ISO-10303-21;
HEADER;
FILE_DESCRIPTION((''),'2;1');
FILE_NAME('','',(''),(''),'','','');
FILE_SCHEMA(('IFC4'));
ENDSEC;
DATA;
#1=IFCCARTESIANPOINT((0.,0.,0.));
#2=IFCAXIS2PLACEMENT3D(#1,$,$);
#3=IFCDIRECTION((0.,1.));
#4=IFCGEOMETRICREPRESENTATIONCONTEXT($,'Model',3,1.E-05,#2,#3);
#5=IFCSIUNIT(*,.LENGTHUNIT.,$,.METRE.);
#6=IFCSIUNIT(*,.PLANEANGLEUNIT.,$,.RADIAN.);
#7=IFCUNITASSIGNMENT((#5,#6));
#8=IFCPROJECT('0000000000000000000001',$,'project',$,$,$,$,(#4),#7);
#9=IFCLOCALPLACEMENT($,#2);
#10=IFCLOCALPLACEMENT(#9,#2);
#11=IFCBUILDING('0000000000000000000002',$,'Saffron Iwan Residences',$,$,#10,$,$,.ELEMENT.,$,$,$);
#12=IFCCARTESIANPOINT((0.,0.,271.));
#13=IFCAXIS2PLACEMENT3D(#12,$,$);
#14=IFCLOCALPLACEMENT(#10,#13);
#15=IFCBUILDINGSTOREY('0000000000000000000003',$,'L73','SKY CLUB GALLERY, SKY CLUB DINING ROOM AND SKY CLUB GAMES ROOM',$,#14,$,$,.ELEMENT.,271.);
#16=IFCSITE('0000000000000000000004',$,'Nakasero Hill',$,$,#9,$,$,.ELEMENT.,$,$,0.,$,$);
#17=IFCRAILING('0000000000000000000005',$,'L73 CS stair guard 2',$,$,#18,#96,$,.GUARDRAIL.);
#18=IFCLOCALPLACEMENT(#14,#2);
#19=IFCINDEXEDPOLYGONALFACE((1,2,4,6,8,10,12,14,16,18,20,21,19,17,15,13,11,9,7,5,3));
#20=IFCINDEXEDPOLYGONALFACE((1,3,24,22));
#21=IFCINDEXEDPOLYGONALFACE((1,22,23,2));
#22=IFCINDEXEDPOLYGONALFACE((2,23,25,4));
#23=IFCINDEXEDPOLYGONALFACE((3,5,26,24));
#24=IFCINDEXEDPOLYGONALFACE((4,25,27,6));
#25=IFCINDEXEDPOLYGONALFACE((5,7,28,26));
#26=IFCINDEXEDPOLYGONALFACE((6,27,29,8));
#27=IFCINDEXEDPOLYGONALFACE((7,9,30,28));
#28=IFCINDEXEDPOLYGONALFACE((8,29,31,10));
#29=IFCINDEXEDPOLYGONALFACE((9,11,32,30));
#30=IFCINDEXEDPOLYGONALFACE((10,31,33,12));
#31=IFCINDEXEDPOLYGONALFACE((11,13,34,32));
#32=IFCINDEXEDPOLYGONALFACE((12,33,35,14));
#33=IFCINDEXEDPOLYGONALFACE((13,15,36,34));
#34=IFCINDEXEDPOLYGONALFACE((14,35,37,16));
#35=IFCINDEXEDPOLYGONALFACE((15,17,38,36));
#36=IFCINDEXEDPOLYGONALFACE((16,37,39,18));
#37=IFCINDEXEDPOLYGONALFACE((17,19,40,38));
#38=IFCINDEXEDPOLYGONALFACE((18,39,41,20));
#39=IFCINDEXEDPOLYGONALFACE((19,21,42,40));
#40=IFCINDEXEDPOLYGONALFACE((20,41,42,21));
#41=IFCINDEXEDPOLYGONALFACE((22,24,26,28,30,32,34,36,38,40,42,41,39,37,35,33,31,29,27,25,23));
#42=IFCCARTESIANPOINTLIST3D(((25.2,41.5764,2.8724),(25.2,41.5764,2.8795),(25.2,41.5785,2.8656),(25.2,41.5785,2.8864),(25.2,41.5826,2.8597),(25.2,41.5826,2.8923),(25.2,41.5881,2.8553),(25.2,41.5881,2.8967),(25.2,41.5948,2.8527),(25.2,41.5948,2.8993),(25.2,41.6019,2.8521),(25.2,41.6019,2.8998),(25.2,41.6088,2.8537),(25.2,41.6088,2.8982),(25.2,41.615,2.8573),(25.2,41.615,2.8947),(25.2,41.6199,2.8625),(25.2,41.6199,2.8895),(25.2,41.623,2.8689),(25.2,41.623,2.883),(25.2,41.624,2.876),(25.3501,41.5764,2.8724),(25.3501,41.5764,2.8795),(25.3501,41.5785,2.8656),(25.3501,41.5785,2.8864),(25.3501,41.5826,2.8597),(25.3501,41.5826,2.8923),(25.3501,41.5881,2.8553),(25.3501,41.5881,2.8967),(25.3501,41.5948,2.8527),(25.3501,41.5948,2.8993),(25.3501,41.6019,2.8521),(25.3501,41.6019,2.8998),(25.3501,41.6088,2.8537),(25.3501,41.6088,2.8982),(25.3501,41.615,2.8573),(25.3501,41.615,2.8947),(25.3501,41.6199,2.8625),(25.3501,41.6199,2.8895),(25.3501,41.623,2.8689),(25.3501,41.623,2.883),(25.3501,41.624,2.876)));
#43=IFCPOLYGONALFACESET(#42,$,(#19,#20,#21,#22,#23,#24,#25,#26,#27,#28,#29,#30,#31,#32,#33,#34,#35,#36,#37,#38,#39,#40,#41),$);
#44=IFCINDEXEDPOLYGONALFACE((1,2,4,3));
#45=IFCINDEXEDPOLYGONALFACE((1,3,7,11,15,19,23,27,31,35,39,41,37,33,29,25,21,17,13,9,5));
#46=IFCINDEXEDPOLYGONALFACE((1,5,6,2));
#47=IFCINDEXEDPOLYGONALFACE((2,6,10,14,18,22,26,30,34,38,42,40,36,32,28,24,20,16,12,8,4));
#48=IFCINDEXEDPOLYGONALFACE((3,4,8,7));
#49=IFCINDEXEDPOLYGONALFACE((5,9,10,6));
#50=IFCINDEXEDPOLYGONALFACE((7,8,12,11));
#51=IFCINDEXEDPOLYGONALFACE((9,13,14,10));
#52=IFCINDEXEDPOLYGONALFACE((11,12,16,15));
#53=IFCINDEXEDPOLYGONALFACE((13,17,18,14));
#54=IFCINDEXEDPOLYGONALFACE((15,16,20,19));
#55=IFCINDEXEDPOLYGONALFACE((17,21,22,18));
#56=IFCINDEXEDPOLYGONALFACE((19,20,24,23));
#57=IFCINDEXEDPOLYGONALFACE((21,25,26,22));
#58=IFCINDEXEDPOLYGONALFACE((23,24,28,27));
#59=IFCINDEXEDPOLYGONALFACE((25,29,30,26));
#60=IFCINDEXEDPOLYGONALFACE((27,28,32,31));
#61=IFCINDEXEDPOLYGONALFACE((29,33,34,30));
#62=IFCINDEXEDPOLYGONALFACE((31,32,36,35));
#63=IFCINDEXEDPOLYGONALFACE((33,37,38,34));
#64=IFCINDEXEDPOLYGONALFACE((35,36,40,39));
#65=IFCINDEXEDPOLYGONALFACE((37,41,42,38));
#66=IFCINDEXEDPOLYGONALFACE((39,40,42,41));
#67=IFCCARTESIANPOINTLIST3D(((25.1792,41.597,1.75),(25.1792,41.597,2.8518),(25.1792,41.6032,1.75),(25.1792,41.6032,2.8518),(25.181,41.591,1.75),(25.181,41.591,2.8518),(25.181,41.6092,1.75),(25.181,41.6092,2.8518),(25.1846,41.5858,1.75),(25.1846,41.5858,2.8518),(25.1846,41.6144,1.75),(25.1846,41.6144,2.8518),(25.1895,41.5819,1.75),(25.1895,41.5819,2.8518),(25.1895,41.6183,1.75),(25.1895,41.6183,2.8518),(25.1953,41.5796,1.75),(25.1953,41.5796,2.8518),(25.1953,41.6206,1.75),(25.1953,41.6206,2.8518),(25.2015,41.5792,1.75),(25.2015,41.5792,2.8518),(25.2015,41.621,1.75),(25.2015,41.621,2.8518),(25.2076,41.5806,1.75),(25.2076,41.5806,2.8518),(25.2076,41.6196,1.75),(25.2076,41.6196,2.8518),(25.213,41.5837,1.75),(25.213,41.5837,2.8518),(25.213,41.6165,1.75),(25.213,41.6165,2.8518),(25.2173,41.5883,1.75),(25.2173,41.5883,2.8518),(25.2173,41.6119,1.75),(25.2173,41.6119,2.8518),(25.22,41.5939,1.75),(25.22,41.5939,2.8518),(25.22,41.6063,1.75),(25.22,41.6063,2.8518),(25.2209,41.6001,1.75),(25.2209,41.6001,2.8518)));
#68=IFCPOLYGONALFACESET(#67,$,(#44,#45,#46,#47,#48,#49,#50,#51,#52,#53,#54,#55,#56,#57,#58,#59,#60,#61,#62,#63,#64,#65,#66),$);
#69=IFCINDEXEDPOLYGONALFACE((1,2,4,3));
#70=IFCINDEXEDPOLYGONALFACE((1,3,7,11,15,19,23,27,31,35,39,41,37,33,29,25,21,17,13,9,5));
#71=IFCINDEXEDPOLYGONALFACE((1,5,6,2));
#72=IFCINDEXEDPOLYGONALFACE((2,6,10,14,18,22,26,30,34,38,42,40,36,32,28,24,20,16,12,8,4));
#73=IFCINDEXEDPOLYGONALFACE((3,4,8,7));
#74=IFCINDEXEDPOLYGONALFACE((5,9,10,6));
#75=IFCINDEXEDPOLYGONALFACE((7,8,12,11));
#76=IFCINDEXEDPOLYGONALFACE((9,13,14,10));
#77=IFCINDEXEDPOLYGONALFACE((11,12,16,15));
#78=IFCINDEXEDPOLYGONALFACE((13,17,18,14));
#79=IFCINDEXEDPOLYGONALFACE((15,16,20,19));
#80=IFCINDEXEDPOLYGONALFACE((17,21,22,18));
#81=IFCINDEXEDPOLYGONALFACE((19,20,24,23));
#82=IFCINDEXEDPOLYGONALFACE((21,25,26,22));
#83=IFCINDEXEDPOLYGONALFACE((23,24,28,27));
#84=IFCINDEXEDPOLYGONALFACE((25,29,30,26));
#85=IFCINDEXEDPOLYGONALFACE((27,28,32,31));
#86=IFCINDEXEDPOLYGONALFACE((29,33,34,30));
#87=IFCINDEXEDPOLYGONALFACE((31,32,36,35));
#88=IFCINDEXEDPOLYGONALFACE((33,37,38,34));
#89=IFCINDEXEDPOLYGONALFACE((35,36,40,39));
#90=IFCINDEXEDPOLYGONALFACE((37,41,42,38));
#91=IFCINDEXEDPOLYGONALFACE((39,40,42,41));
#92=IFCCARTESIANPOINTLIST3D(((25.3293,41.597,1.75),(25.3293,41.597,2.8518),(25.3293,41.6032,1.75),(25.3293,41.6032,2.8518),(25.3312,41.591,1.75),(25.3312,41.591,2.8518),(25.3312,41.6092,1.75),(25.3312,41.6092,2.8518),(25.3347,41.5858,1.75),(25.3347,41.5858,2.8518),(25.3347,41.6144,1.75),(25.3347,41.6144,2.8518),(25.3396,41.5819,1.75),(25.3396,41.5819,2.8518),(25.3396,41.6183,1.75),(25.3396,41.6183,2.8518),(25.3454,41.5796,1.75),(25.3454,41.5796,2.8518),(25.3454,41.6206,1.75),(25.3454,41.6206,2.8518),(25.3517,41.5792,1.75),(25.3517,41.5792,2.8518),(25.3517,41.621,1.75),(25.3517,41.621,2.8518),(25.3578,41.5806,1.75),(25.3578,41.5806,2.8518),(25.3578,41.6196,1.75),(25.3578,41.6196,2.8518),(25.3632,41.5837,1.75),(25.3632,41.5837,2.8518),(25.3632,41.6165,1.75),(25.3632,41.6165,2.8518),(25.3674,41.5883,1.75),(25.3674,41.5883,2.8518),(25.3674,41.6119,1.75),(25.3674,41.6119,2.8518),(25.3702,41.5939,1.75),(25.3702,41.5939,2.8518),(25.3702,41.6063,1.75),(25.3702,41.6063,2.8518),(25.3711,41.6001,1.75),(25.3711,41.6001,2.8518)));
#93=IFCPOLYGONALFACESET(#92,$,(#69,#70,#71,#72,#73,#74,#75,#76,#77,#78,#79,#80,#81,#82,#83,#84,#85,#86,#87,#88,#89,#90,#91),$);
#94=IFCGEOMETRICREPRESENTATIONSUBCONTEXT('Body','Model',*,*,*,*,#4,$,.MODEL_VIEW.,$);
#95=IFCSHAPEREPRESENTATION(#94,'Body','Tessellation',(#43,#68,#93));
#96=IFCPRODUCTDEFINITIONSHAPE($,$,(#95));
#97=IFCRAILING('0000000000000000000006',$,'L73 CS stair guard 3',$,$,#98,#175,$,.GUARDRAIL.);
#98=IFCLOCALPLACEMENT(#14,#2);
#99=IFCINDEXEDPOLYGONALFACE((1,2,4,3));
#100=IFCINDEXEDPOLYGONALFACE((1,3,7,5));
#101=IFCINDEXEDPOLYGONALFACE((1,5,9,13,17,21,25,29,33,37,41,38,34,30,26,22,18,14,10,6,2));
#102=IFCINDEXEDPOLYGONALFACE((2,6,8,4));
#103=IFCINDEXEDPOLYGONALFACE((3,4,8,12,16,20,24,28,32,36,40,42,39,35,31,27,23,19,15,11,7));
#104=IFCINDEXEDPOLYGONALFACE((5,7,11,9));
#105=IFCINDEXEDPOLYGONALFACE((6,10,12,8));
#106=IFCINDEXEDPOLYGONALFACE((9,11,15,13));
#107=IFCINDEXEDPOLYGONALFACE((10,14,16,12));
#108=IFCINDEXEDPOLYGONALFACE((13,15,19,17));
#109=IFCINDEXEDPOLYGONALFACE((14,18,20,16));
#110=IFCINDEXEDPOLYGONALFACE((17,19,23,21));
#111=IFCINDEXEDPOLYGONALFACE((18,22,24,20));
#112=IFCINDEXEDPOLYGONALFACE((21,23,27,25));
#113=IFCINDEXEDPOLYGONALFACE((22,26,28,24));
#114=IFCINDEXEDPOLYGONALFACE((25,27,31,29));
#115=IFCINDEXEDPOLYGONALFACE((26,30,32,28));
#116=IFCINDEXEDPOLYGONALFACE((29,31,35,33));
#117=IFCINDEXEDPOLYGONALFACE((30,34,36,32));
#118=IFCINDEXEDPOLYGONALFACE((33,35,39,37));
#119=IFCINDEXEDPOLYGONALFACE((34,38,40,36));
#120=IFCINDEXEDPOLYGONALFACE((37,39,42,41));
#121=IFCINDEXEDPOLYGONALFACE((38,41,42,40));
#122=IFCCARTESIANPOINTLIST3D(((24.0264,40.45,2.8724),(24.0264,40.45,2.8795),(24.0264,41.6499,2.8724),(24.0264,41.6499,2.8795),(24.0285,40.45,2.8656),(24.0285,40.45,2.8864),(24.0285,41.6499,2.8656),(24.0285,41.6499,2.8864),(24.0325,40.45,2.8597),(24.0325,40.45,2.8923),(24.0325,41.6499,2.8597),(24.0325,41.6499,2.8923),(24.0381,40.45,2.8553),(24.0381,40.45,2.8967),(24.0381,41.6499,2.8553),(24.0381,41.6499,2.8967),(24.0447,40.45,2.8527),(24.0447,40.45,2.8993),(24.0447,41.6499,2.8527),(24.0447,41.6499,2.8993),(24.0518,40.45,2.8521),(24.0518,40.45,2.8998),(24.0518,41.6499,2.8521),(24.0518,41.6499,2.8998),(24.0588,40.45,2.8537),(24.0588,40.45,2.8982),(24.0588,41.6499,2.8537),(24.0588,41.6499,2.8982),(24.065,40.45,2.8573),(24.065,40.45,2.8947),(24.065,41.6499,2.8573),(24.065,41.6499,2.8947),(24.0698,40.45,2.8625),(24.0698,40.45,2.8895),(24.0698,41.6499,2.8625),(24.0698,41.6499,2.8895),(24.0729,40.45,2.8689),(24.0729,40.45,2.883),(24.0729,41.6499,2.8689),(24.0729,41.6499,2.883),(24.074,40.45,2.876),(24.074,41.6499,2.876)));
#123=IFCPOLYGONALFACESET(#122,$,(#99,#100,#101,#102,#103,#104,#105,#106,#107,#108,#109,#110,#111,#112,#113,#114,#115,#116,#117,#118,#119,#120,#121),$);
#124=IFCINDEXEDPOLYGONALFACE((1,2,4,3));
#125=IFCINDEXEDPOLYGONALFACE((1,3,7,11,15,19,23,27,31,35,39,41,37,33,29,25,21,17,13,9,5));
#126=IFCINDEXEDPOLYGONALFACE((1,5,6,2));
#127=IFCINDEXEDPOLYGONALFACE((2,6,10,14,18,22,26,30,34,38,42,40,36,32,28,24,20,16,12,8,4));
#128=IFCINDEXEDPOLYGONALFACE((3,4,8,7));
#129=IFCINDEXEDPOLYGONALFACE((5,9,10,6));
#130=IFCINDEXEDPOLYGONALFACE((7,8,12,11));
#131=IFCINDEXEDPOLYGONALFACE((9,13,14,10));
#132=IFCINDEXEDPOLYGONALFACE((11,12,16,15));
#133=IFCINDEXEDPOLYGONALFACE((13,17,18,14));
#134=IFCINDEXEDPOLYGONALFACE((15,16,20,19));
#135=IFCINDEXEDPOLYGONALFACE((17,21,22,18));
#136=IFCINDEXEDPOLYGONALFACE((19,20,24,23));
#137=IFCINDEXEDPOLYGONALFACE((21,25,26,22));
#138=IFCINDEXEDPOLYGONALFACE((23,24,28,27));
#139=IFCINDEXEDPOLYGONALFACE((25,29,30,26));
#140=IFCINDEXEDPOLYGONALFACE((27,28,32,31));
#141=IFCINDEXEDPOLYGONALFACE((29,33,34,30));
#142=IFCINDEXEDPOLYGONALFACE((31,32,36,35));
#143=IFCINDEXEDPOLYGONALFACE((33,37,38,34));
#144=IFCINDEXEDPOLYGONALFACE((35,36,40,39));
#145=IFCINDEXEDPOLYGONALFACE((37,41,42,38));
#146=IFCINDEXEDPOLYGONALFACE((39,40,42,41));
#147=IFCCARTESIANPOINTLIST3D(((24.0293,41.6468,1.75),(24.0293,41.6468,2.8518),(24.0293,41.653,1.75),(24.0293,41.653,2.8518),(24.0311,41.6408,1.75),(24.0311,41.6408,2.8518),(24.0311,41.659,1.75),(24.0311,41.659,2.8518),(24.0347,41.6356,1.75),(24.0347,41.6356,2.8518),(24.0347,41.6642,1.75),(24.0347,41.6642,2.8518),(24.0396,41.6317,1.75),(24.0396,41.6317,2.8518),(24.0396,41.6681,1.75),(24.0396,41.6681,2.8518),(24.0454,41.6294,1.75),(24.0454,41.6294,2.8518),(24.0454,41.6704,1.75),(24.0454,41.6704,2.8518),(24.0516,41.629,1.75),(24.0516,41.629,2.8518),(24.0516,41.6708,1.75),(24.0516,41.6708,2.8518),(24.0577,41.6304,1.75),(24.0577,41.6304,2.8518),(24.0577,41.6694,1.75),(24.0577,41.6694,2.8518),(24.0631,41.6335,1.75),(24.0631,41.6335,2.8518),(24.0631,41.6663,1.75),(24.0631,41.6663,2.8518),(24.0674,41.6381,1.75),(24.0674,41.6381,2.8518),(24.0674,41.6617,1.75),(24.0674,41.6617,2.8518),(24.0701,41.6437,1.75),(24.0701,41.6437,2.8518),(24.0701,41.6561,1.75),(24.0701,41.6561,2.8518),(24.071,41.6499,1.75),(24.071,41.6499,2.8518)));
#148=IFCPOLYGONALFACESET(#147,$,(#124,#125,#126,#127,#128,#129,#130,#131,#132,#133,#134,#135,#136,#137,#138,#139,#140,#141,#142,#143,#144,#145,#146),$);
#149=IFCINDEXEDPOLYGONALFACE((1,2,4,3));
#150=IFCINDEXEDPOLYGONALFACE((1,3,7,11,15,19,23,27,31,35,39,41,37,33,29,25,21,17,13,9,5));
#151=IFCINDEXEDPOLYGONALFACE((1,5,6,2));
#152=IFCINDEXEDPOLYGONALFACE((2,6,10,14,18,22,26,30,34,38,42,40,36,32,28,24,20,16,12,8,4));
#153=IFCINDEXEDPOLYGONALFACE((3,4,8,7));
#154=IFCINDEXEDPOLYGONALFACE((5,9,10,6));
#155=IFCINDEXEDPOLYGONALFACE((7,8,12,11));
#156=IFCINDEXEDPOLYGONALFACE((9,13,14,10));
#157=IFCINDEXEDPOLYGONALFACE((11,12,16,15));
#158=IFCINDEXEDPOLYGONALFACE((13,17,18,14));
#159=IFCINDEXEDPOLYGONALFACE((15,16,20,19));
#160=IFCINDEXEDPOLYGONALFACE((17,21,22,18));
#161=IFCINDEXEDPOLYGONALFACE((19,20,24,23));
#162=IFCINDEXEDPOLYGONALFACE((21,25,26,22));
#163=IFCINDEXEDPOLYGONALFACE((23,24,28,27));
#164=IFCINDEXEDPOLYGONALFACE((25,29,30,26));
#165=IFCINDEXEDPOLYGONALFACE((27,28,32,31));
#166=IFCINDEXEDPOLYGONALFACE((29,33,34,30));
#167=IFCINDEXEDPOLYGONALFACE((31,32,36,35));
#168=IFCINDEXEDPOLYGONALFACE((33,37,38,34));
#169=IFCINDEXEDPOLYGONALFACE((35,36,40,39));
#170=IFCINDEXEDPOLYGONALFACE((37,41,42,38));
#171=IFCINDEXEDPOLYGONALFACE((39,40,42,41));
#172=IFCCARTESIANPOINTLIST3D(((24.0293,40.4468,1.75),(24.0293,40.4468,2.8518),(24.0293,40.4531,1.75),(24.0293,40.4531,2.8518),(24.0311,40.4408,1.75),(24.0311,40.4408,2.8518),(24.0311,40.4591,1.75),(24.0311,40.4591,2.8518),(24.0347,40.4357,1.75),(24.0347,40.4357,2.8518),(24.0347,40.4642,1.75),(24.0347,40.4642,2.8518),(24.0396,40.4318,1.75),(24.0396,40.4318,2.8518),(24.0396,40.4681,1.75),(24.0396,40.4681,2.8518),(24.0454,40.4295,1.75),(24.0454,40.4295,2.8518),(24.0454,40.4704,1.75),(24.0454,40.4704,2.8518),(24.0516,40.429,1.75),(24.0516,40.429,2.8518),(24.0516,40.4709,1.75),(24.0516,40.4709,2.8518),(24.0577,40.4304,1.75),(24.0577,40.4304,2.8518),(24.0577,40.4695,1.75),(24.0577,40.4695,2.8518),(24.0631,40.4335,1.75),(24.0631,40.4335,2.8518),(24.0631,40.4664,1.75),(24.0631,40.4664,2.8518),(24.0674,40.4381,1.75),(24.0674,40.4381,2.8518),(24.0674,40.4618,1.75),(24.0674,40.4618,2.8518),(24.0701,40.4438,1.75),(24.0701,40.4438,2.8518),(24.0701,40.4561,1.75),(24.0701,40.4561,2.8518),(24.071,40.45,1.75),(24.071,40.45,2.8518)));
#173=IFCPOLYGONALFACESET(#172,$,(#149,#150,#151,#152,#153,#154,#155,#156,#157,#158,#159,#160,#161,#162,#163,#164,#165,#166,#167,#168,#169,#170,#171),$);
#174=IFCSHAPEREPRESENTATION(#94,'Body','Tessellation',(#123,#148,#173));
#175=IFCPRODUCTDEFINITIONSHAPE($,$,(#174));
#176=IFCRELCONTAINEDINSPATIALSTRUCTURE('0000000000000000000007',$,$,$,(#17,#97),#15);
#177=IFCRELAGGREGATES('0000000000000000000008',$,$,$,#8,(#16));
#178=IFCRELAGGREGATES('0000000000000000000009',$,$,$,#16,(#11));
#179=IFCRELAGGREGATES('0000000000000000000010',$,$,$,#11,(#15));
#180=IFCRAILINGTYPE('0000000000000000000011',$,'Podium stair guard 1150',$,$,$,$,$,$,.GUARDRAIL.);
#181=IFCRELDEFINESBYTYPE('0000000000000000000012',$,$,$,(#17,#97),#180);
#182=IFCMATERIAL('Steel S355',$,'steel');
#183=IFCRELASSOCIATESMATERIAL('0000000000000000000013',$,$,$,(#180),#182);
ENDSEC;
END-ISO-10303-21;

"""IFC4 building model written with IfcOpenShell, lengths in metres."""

from ifc_helpers import new_model, si_unit, direction, frame, origin, origin_2d, place, context, subcontext, project, spatial, circle, extrude, material, type_object, element, save


model = new_model("IFC4")

# Units and contexts
model_context = context("Model", 3, precision=1e-05, world=origin(), true_north=direction((0.0, 1.0)))
body_context = subcontext(model_context, "Body", "Model", "MODEL_VIEW")
ifc_project = project(units=[si_unit("LENGTHUNIT", "METRE"), si_unit("PLANEANGLEUNIT", "RADIAN")], contexts=[model_context])

# Site, building, storey
site_placement = place(None, origin())
site = spatial("IfcSite", under=ifc_project, at=site_placement, Name="Nakasero Hill", CompositionType="ELEMENT", RefElevation=0.0)
building_placement = place(site_placement, origin())
building = spatial("IfcBuilding", under=site, at=building_placement, Name="Saffron Iwan Residences", CompositionType="ELEMENT")
storey_placement = place(building_placement, frame((0.0, 0.0, 271.0)))
storey = spatial("IfcBuildingStorey", under=building, at=storey_placement, Name="L73", Description="SKY CLUB GALLERY, SKY CLUB DINING ROOM AND SKY CLUB GAMES ROOM", CompositionType="ELEMENT", Elevation=271.0)

# Railings
ifc_material_1 = material(Name="Steel S355", Category="steel")
railing_type_1 = type_object("IfcRailingType", Name="Podium stair guard 1150", PredefinedType="GUARDRAIL", material=ifc_material_1)
railing_1_placement = place(storey_placement, frame((25.2, 41.6001, 1.75)))
element("IfcRailing", 1, at=railing_1_placement, inside=storey, type_object=railing_type_1, Name="L73 CS stair guard 2", PredefinedType="GUARDRAIL", context=body_context, shape_type="SweptSolid", body=[
    extrude(circle(Radius=0.0239, at=origin_2d()), frame((0.0, 0.0, 1.126), z_axis=(1.0, 0.0, 0.0), x_axis=(0.0, 1.0, 0.0)), (0.0, 0.0, 1.0), 0.1501),
    extrude(circle(Radius=0.021, at=origin_2d()), origin(), (0.0, 0.0, 1.0), 1.1018),
    extrude(circle(Radius=0.021, at=origin_2d()), frame((0.1501, 0.0, 0.0)), (0.0, 0.0, 1.0), 1.1018),
])
railing_2_placement = place(storey_placement, frame((24.05, 41.6499, 1.75)))
element("IfcRailing", 2, at=railing_2_placement, inside=storey, type_object=railing_type_1, Name="L73 CS stair guard 3", PredefinedType="GUARDRAIL", context=body_context, shape_type="SweptSolid", body=[
    extrude(circle(Radius=0.0239, at=origin_2d()), frame((0.0, 0.0, 1.126), z_axis=(0.0, -1.0, 0.0), x_axis=(1.0, 0.0, 0.0)), (0.0, 0.0, 1.0), 1.2),
    extrude(circle(Radius=0.021, at=origin_2d()), origin(), (0.0, 0.0, 1.0), 1.1018),
    extrude(circle(Radius=0.021, at=origin_2d()), frame((0.0, -1.2, 0.0)), (0.0, 0.0, 1.0), 1.1018),
])

save(model, "model.ifc")
